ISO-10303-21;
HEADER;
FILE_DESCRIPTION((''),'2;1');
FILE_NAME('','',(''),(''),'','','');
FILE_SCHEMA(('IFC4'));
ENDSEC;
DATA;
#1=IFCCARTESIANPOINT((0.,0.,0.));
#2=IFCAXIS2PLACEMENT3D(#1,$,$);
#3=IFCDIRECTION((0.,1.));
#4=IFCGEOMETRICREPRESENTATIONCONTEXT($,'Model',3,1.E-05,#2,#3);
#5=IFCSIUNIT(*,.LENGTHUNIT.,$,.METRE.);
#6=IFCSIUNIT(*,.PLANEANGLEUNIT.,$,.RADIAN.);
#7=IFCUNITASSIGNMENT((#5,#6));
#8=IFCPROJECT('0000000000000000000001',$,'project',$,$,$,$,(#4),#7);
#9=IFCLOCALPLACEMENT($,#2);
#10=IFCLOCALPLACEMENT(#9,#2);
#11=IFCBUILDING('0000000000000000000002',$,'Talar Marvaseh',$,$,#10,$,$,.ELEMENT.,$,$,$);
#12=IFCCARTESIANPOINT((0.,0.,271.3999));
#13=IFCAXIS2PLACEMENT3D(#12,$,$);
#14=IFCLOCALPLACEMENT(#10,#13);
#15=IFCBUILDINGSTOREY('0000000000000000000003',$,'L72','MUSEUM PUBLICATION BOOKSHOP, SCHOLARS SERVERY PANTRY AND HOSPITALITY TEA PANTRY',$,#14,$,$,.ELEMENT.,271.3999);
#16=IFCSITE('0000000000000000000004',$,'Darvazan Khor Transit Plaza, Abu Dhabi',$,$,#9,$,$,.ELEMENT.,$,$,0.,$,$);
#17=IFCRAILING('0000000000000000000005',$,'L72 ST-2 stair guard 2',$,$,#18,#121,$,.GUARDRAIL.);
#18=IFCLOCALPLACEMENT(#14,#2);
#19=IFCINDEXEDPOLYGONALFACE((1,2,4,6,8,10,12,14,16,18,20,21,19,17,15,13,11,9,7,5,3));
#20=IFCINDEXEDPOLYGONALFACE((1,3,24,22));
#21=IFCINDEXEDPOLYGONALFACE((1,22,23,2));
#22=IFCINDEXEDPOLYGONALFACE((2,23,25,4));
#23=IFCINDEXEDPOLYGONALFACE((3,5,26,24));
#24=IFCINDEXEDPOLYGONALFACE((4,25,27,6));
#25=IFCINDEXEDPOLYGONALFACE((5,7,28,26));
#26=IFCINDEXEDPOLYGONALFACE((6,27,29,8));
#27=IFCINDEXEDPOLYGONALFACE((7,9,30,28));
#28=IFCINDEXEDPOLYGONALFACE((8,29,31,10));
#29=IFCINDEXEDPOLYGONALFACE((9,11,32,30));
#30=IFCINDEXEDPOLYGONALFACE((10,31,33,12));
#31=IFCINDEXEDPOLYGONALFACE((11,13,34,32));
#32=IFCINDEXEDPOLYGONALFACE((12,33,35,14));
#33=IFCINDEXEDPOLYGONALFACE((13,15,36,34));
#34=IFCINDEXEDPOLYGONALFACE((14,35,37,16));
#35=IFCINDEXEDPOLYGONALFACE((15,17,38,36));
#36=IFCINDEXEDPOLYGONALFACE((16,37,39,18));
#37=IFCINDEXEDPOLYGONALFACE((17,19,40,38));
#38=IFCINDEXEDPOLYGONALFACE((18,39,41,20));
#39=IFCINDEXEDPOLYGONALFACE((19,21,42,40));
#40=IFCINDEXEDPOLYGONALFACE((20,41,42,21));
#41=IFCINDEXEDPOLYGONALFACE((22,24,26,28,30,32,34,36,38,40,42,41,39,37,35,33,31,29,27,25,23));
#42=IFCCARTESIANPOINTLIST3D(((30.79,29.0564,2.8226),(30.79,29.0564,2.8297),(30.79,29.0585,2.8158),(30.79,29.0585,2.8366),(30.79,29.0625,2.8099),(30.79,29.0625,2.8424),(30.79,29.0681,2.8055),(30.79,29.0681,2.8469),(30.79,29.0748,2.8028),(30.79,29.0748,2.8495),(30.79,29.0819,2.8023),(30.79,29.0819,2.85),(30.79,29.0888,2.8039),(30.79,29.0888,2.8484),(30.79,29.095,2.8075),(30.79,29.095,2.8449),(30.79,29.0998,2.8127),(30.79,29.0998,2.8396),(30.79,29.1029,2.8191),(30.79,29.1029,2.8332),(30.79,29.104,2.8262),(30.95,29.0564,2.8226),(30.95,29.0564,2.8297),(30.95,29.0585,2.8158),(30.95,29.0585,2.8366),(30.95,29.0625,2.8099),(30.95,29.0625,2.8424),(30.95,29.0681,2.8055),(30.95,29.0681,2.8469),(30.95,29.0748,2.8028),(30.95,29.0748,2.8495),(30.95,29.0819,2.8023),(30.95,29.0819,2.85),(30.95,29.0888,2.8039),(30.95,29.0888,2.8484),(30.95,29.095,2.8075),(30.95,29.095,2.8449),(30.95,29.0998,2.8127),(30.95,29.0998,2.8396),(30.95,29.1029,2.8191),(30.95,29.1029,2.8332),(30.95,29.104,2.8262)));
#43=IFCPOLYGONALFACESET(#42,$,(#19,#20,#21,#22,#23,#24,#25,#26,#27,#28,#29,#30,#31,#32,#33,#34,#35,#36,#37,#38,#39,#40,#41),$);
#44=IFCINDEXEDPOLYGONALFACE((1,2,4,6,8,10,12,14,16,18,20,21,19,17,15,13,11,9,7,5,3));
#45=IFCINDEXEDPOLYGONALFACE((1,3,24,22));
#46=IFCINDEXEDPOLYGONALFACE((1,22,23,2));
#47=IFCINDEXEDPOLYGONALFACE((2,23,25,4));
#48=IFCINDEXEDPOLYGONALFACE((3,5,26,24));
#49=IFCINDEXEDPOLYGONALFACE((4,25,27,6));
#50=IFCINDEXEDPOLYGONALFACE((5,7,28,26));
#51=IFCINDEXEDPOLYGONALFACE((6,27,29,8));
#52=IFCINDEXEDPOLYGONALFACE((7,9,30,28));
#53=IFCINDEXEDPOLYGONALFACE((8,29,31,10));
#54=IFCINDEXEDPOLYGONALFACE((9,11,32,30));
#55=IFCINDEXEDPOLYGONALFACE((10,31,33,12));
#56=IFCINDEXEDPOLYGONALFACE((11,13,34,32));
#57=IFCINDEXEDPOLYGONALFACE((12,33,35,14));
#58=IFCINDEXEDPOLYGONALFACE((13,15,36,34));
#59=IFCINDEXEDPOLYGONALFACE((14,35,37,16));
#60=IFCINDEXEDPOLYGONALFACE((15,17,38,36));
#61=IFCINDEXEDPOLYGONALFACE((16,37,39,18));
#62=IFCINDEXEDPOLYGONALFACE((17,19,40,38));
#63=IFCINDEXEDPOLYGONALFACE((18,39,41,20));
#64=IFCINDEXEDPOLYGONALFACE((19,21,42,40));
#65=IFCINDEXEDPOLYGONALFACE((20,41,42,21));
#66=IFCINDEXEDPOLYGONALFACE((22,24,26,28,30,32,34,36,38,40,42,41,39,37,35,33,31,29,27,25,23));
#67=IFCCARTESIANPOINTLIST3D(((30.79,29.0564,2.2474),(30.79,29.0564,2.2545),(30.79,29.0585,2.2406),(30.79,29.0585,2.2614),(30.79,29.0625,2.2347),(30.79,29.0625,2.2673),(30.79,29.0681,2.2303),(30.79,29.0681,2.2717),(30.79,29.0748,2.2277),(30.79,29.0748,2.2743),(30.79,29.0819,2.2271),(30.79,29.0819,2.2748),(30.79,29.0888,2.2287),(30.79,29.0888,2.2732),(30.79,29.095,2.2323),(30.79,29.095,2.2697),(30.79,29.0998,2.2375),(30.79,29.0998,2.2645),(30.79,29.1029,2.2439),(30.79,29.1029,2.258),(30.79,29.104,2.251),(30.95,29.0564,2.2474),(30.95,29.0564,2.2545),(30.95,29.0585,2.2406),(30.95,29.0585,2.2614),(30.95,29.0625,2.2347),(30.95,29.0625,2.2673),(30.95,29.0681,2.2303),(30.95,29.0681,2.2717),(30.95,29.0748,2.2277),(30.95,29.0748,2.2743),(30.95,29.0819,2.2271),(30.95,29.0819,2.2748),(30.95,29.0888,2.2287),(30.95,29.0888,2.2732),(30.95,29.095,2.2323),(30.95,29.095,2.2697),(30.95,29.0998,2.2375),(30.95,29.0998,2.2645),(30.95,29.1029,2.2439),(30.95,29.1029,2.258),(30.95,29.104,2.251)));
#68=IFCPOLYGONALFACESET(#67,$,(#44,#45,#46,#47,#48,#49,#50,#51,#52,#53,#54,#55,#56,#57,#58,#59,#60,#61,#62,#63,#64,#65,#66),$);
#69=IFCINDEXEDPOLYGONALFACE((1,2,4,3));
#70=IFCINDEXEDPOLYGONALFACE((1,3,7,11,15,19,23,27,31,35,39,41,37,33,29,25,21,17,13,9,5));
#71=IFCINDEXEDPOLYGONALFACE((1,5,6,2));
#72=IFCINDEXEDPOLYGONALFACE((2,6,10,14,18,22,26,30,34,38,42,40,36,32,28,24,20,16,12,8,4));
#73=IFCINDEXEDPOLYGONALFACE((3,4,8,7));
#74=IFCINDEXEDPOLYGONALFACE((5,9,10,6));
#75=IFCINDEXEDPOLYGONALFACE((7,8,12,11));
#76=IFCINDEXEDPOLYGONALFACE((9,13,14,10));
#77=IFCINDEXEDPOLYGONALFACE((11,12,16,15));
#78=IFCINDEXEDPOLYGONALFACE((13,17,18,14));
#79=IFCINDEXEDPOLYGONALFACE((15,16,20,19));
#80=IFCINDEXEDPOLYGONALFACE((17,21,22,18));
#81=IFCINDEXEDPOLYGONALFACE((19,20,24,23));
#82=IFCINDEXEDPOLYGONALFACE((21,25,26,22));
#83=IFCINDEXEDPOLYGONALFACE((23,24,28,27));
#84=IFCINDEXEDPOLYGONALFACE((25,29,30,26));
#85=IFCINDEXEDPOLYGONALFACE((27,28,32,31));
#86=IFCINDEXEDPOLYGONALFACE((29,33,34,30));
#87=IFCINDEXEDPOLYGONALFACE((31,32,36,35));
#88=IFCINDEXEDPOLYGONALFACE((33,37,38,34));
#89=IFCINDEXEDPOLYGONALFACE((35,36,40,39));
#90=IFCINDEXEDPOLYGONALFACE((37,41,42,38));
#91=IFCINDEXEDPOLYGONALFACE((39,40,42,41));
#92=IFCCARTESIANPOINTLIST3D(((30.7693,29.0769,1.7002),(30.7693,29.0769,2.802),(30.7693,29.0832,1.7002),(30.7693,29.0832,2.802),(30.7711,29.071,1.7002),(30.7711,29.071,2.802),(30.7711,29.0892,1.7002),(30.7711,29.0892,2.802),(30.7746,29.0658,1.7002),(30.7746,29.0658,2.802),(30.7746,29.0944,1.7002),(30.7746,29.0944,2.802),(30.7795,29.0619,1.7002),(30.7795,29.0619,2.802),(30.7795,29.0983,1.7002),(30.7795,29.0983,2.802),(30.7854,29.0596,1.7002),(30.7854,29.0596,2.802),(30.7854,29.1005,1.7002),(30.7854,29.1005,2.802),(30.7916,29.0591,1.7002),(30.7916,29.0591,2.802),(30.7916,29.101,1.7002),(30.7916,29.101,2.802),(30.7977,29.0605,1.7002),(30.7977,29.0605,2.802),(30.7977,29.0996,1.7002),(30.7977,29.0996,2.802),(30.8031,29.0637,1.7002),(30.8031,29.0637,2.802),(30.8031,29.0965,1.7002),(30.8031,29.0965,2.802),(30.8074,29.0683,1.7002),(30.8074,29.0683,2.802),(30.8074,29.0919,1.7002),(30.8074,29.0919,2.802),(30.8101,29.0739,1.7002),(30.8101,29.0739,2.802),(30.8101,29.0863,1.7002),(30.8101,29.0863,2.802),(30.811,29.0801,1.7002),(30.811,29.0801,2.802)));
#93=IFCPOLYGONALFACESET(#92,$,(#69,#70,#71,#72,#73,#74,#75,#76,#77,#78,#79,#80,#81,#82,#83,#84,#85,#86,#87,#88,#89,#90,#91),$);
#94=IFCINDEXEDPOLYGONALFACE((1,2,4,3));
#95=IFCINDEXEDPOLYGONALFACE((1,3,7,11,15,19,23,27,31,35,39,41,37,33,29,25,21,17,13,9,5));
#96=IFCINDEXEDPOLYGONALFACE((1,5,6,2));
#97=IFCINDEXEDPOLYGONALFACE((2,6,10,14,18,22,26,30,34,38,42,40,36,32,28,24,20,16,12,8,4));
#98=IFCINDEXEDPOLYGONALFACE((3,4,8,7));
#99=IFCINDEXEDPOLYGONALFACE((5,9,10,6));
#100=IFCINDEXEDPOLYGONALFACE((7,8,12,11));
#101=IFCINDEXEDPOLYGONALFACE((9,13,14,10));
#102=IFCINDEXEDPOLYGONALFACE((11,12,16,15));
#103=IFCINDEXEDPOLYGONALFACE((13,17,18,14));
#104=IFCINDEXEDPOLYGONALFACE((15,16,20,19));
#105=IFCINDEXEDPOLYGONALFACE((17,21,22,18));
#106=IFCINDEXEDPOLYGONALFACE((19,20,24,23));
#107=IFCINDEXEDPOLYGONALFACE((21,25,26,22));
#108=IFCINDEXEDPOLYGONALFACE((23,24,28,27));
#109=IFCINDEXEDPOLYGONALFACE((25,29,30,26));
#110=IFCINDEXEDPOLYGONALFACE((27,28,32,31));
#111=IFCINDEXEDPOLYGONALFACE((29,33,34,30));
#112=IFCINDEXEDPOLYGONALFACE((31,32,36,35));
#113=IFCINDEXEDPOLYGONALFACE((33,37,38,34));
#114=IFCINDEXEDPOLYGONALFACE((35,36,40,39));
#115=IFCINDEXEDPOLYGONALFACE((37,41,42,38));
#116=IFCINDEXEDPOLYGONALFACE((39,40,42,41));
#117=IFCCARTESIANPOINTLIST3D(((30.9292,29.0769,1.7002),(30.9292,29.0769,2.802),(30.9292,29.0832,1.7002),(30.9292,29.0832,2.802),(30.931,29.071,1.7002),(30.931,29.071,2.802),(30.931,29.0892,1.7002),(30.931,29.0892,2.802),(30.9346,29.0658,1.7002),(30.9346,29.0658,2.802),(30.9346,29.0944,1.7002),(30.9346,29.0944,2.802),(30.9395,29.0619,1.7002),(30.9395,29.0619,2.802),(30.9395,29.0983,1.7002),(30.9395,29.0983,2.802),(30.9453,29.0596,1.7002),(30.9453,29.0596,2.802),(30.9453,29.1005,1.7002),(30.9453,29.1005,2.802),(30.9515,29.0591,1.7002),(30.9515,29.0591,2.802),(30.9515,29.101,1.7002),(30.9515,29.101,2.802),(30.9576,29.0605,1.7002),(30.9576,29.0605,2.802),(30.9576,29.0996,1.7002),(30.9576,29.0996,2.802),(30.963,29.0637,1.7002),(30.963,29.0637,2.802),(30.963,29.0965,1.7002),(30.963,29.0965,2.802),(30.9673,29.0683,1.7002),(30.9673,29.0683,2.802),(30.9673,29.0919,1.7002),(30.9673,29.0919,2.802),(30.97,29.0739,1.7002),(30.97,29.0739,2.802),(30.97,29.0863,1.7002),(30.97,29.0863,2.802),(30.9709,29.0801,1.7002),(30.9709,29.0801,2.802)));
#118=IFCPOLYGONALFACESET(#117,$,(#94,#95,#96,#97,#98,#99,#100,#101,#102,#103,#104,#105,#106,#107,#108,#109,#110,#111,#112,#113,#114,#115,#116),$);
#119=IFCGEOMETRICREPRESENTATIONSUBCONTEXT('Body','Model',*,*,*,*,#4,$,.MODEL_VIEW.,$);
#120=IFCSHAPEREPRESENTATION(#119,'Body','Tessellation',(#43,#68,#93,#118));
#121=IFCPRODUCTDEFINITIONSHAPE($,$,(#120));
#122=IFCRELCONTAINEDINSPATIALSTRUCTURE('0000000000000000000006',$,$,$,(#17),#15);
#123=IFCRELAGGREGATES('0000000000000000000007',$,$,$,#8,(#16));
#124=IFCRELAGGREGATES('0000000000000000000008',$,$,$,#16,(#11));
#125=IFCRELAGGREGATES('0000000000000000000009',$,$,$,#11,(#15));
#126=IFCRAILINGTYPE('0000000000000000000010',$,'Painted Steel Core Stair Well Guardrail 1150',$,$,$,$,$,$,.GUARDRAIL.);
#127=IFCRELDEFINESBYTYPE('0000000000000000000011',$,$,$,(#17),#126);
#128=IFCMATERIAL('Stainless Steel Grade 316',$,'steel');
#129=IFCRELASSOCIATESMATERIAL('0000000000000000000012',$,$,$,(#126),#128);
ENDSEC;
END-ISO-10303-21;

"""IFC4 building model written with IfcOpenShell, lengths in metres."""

from ifc_helpers import new_model, si_unit, direction, frame, origin, origin_2d, place, context, subcontext, project, spatial, circle, extrude, material, type_object, element, save


model = new_model("IFC4")

# Units and contexts
model_context = context("Model", 3, precision=1e-05, world=origin(), true_north=direction((0.0, 1.0)))
body_context = subcontext(model_context, "Body", "Model", "MODEL_VIEW")
ifc_project = project(units=[si_unit("LENGTHUNIT", "METRE"), si_unit("PLANEANGLEUNIT", "RADIAN")], contexts=[model_context])

# Site, building, storey
site_placement = place(None, origin())
site = spatial("IfcSite", under=ifc_project, at=site_placement, Name="Darvazan Khor Transit Plaza, Abu Dhabi", CompositionType="ELEMENT", RefElevation=0.0)
building_placement = place(site_placement, origin())
building = spatial("IfcBuilding", under=site, at=building_placement, Name="Talar Marvaseh", CompositionType="ELEMENT")
storey_placement = place(building_placement, frame((0.0, 0.0, 271.3999)))
storey = spatial("IfcBuildingStorey", under=building, at=storey_placement, Name="L72", Description="MUSEUM PUBLICATION BOOKSHOP, SCHOLARS SERVERY PANTRY AND HOSPITALITY TEA PANTRY", CompositionType="ELEMENT", Elevation=271.3999)

# Shared definitions
ifc_material_1 = material(Name="Stainless Steel Grade 316", Category="steel")

# Railing
railing_type_1 = type_object("IfcRailingType", Name="Painted Steel Core Stair Well Guardrail 1150", PredefinedType="GUARDRAIL", material=ifc_material_1)
railing_1_placement = place(storey_placement, frame((30.79, 29.0801, 1.7002)))
element("IfcRailing", 1, at=railing_1_placement, inside=storey, type_object=railing_type_1, Name="L72 ST-2 stair guard 2", PredefinedType="GUARDRAIL", context=body_context, shape_type="SweptSolid", body=[
    extrude(circle(Radius=0.0239, at=origin_2d()), frame((0.0, 0.0, 1.126), z_axis=(1.0, 0.0, 0.0), x_axis=(0.0, 1.0, 0.0)), (0.0, 0.0, 1.0), 0.1599),
    extrude(circle(Radius=0.0239, at=origin_2d()), frame((0.0, 0.0, 0.5508), z_axis=(1.0, 0.0, 0.0), x_axis=(0.0, 1.0, 0.0)), (0.0, 0.0, 1.0), 0.1599),
    extrude(circle(Radius=0.021, at=origin_2d()), origin(), (0.0, 0.0, 1.0), 1.1018),
    extrude(circle(Radius=0.021, at=origin_2d()), frame((0.1599, 0.0, 0.0)), (0.0, 0.0, 1.0), 1.1018),
])

save(model, "model.ifc")
